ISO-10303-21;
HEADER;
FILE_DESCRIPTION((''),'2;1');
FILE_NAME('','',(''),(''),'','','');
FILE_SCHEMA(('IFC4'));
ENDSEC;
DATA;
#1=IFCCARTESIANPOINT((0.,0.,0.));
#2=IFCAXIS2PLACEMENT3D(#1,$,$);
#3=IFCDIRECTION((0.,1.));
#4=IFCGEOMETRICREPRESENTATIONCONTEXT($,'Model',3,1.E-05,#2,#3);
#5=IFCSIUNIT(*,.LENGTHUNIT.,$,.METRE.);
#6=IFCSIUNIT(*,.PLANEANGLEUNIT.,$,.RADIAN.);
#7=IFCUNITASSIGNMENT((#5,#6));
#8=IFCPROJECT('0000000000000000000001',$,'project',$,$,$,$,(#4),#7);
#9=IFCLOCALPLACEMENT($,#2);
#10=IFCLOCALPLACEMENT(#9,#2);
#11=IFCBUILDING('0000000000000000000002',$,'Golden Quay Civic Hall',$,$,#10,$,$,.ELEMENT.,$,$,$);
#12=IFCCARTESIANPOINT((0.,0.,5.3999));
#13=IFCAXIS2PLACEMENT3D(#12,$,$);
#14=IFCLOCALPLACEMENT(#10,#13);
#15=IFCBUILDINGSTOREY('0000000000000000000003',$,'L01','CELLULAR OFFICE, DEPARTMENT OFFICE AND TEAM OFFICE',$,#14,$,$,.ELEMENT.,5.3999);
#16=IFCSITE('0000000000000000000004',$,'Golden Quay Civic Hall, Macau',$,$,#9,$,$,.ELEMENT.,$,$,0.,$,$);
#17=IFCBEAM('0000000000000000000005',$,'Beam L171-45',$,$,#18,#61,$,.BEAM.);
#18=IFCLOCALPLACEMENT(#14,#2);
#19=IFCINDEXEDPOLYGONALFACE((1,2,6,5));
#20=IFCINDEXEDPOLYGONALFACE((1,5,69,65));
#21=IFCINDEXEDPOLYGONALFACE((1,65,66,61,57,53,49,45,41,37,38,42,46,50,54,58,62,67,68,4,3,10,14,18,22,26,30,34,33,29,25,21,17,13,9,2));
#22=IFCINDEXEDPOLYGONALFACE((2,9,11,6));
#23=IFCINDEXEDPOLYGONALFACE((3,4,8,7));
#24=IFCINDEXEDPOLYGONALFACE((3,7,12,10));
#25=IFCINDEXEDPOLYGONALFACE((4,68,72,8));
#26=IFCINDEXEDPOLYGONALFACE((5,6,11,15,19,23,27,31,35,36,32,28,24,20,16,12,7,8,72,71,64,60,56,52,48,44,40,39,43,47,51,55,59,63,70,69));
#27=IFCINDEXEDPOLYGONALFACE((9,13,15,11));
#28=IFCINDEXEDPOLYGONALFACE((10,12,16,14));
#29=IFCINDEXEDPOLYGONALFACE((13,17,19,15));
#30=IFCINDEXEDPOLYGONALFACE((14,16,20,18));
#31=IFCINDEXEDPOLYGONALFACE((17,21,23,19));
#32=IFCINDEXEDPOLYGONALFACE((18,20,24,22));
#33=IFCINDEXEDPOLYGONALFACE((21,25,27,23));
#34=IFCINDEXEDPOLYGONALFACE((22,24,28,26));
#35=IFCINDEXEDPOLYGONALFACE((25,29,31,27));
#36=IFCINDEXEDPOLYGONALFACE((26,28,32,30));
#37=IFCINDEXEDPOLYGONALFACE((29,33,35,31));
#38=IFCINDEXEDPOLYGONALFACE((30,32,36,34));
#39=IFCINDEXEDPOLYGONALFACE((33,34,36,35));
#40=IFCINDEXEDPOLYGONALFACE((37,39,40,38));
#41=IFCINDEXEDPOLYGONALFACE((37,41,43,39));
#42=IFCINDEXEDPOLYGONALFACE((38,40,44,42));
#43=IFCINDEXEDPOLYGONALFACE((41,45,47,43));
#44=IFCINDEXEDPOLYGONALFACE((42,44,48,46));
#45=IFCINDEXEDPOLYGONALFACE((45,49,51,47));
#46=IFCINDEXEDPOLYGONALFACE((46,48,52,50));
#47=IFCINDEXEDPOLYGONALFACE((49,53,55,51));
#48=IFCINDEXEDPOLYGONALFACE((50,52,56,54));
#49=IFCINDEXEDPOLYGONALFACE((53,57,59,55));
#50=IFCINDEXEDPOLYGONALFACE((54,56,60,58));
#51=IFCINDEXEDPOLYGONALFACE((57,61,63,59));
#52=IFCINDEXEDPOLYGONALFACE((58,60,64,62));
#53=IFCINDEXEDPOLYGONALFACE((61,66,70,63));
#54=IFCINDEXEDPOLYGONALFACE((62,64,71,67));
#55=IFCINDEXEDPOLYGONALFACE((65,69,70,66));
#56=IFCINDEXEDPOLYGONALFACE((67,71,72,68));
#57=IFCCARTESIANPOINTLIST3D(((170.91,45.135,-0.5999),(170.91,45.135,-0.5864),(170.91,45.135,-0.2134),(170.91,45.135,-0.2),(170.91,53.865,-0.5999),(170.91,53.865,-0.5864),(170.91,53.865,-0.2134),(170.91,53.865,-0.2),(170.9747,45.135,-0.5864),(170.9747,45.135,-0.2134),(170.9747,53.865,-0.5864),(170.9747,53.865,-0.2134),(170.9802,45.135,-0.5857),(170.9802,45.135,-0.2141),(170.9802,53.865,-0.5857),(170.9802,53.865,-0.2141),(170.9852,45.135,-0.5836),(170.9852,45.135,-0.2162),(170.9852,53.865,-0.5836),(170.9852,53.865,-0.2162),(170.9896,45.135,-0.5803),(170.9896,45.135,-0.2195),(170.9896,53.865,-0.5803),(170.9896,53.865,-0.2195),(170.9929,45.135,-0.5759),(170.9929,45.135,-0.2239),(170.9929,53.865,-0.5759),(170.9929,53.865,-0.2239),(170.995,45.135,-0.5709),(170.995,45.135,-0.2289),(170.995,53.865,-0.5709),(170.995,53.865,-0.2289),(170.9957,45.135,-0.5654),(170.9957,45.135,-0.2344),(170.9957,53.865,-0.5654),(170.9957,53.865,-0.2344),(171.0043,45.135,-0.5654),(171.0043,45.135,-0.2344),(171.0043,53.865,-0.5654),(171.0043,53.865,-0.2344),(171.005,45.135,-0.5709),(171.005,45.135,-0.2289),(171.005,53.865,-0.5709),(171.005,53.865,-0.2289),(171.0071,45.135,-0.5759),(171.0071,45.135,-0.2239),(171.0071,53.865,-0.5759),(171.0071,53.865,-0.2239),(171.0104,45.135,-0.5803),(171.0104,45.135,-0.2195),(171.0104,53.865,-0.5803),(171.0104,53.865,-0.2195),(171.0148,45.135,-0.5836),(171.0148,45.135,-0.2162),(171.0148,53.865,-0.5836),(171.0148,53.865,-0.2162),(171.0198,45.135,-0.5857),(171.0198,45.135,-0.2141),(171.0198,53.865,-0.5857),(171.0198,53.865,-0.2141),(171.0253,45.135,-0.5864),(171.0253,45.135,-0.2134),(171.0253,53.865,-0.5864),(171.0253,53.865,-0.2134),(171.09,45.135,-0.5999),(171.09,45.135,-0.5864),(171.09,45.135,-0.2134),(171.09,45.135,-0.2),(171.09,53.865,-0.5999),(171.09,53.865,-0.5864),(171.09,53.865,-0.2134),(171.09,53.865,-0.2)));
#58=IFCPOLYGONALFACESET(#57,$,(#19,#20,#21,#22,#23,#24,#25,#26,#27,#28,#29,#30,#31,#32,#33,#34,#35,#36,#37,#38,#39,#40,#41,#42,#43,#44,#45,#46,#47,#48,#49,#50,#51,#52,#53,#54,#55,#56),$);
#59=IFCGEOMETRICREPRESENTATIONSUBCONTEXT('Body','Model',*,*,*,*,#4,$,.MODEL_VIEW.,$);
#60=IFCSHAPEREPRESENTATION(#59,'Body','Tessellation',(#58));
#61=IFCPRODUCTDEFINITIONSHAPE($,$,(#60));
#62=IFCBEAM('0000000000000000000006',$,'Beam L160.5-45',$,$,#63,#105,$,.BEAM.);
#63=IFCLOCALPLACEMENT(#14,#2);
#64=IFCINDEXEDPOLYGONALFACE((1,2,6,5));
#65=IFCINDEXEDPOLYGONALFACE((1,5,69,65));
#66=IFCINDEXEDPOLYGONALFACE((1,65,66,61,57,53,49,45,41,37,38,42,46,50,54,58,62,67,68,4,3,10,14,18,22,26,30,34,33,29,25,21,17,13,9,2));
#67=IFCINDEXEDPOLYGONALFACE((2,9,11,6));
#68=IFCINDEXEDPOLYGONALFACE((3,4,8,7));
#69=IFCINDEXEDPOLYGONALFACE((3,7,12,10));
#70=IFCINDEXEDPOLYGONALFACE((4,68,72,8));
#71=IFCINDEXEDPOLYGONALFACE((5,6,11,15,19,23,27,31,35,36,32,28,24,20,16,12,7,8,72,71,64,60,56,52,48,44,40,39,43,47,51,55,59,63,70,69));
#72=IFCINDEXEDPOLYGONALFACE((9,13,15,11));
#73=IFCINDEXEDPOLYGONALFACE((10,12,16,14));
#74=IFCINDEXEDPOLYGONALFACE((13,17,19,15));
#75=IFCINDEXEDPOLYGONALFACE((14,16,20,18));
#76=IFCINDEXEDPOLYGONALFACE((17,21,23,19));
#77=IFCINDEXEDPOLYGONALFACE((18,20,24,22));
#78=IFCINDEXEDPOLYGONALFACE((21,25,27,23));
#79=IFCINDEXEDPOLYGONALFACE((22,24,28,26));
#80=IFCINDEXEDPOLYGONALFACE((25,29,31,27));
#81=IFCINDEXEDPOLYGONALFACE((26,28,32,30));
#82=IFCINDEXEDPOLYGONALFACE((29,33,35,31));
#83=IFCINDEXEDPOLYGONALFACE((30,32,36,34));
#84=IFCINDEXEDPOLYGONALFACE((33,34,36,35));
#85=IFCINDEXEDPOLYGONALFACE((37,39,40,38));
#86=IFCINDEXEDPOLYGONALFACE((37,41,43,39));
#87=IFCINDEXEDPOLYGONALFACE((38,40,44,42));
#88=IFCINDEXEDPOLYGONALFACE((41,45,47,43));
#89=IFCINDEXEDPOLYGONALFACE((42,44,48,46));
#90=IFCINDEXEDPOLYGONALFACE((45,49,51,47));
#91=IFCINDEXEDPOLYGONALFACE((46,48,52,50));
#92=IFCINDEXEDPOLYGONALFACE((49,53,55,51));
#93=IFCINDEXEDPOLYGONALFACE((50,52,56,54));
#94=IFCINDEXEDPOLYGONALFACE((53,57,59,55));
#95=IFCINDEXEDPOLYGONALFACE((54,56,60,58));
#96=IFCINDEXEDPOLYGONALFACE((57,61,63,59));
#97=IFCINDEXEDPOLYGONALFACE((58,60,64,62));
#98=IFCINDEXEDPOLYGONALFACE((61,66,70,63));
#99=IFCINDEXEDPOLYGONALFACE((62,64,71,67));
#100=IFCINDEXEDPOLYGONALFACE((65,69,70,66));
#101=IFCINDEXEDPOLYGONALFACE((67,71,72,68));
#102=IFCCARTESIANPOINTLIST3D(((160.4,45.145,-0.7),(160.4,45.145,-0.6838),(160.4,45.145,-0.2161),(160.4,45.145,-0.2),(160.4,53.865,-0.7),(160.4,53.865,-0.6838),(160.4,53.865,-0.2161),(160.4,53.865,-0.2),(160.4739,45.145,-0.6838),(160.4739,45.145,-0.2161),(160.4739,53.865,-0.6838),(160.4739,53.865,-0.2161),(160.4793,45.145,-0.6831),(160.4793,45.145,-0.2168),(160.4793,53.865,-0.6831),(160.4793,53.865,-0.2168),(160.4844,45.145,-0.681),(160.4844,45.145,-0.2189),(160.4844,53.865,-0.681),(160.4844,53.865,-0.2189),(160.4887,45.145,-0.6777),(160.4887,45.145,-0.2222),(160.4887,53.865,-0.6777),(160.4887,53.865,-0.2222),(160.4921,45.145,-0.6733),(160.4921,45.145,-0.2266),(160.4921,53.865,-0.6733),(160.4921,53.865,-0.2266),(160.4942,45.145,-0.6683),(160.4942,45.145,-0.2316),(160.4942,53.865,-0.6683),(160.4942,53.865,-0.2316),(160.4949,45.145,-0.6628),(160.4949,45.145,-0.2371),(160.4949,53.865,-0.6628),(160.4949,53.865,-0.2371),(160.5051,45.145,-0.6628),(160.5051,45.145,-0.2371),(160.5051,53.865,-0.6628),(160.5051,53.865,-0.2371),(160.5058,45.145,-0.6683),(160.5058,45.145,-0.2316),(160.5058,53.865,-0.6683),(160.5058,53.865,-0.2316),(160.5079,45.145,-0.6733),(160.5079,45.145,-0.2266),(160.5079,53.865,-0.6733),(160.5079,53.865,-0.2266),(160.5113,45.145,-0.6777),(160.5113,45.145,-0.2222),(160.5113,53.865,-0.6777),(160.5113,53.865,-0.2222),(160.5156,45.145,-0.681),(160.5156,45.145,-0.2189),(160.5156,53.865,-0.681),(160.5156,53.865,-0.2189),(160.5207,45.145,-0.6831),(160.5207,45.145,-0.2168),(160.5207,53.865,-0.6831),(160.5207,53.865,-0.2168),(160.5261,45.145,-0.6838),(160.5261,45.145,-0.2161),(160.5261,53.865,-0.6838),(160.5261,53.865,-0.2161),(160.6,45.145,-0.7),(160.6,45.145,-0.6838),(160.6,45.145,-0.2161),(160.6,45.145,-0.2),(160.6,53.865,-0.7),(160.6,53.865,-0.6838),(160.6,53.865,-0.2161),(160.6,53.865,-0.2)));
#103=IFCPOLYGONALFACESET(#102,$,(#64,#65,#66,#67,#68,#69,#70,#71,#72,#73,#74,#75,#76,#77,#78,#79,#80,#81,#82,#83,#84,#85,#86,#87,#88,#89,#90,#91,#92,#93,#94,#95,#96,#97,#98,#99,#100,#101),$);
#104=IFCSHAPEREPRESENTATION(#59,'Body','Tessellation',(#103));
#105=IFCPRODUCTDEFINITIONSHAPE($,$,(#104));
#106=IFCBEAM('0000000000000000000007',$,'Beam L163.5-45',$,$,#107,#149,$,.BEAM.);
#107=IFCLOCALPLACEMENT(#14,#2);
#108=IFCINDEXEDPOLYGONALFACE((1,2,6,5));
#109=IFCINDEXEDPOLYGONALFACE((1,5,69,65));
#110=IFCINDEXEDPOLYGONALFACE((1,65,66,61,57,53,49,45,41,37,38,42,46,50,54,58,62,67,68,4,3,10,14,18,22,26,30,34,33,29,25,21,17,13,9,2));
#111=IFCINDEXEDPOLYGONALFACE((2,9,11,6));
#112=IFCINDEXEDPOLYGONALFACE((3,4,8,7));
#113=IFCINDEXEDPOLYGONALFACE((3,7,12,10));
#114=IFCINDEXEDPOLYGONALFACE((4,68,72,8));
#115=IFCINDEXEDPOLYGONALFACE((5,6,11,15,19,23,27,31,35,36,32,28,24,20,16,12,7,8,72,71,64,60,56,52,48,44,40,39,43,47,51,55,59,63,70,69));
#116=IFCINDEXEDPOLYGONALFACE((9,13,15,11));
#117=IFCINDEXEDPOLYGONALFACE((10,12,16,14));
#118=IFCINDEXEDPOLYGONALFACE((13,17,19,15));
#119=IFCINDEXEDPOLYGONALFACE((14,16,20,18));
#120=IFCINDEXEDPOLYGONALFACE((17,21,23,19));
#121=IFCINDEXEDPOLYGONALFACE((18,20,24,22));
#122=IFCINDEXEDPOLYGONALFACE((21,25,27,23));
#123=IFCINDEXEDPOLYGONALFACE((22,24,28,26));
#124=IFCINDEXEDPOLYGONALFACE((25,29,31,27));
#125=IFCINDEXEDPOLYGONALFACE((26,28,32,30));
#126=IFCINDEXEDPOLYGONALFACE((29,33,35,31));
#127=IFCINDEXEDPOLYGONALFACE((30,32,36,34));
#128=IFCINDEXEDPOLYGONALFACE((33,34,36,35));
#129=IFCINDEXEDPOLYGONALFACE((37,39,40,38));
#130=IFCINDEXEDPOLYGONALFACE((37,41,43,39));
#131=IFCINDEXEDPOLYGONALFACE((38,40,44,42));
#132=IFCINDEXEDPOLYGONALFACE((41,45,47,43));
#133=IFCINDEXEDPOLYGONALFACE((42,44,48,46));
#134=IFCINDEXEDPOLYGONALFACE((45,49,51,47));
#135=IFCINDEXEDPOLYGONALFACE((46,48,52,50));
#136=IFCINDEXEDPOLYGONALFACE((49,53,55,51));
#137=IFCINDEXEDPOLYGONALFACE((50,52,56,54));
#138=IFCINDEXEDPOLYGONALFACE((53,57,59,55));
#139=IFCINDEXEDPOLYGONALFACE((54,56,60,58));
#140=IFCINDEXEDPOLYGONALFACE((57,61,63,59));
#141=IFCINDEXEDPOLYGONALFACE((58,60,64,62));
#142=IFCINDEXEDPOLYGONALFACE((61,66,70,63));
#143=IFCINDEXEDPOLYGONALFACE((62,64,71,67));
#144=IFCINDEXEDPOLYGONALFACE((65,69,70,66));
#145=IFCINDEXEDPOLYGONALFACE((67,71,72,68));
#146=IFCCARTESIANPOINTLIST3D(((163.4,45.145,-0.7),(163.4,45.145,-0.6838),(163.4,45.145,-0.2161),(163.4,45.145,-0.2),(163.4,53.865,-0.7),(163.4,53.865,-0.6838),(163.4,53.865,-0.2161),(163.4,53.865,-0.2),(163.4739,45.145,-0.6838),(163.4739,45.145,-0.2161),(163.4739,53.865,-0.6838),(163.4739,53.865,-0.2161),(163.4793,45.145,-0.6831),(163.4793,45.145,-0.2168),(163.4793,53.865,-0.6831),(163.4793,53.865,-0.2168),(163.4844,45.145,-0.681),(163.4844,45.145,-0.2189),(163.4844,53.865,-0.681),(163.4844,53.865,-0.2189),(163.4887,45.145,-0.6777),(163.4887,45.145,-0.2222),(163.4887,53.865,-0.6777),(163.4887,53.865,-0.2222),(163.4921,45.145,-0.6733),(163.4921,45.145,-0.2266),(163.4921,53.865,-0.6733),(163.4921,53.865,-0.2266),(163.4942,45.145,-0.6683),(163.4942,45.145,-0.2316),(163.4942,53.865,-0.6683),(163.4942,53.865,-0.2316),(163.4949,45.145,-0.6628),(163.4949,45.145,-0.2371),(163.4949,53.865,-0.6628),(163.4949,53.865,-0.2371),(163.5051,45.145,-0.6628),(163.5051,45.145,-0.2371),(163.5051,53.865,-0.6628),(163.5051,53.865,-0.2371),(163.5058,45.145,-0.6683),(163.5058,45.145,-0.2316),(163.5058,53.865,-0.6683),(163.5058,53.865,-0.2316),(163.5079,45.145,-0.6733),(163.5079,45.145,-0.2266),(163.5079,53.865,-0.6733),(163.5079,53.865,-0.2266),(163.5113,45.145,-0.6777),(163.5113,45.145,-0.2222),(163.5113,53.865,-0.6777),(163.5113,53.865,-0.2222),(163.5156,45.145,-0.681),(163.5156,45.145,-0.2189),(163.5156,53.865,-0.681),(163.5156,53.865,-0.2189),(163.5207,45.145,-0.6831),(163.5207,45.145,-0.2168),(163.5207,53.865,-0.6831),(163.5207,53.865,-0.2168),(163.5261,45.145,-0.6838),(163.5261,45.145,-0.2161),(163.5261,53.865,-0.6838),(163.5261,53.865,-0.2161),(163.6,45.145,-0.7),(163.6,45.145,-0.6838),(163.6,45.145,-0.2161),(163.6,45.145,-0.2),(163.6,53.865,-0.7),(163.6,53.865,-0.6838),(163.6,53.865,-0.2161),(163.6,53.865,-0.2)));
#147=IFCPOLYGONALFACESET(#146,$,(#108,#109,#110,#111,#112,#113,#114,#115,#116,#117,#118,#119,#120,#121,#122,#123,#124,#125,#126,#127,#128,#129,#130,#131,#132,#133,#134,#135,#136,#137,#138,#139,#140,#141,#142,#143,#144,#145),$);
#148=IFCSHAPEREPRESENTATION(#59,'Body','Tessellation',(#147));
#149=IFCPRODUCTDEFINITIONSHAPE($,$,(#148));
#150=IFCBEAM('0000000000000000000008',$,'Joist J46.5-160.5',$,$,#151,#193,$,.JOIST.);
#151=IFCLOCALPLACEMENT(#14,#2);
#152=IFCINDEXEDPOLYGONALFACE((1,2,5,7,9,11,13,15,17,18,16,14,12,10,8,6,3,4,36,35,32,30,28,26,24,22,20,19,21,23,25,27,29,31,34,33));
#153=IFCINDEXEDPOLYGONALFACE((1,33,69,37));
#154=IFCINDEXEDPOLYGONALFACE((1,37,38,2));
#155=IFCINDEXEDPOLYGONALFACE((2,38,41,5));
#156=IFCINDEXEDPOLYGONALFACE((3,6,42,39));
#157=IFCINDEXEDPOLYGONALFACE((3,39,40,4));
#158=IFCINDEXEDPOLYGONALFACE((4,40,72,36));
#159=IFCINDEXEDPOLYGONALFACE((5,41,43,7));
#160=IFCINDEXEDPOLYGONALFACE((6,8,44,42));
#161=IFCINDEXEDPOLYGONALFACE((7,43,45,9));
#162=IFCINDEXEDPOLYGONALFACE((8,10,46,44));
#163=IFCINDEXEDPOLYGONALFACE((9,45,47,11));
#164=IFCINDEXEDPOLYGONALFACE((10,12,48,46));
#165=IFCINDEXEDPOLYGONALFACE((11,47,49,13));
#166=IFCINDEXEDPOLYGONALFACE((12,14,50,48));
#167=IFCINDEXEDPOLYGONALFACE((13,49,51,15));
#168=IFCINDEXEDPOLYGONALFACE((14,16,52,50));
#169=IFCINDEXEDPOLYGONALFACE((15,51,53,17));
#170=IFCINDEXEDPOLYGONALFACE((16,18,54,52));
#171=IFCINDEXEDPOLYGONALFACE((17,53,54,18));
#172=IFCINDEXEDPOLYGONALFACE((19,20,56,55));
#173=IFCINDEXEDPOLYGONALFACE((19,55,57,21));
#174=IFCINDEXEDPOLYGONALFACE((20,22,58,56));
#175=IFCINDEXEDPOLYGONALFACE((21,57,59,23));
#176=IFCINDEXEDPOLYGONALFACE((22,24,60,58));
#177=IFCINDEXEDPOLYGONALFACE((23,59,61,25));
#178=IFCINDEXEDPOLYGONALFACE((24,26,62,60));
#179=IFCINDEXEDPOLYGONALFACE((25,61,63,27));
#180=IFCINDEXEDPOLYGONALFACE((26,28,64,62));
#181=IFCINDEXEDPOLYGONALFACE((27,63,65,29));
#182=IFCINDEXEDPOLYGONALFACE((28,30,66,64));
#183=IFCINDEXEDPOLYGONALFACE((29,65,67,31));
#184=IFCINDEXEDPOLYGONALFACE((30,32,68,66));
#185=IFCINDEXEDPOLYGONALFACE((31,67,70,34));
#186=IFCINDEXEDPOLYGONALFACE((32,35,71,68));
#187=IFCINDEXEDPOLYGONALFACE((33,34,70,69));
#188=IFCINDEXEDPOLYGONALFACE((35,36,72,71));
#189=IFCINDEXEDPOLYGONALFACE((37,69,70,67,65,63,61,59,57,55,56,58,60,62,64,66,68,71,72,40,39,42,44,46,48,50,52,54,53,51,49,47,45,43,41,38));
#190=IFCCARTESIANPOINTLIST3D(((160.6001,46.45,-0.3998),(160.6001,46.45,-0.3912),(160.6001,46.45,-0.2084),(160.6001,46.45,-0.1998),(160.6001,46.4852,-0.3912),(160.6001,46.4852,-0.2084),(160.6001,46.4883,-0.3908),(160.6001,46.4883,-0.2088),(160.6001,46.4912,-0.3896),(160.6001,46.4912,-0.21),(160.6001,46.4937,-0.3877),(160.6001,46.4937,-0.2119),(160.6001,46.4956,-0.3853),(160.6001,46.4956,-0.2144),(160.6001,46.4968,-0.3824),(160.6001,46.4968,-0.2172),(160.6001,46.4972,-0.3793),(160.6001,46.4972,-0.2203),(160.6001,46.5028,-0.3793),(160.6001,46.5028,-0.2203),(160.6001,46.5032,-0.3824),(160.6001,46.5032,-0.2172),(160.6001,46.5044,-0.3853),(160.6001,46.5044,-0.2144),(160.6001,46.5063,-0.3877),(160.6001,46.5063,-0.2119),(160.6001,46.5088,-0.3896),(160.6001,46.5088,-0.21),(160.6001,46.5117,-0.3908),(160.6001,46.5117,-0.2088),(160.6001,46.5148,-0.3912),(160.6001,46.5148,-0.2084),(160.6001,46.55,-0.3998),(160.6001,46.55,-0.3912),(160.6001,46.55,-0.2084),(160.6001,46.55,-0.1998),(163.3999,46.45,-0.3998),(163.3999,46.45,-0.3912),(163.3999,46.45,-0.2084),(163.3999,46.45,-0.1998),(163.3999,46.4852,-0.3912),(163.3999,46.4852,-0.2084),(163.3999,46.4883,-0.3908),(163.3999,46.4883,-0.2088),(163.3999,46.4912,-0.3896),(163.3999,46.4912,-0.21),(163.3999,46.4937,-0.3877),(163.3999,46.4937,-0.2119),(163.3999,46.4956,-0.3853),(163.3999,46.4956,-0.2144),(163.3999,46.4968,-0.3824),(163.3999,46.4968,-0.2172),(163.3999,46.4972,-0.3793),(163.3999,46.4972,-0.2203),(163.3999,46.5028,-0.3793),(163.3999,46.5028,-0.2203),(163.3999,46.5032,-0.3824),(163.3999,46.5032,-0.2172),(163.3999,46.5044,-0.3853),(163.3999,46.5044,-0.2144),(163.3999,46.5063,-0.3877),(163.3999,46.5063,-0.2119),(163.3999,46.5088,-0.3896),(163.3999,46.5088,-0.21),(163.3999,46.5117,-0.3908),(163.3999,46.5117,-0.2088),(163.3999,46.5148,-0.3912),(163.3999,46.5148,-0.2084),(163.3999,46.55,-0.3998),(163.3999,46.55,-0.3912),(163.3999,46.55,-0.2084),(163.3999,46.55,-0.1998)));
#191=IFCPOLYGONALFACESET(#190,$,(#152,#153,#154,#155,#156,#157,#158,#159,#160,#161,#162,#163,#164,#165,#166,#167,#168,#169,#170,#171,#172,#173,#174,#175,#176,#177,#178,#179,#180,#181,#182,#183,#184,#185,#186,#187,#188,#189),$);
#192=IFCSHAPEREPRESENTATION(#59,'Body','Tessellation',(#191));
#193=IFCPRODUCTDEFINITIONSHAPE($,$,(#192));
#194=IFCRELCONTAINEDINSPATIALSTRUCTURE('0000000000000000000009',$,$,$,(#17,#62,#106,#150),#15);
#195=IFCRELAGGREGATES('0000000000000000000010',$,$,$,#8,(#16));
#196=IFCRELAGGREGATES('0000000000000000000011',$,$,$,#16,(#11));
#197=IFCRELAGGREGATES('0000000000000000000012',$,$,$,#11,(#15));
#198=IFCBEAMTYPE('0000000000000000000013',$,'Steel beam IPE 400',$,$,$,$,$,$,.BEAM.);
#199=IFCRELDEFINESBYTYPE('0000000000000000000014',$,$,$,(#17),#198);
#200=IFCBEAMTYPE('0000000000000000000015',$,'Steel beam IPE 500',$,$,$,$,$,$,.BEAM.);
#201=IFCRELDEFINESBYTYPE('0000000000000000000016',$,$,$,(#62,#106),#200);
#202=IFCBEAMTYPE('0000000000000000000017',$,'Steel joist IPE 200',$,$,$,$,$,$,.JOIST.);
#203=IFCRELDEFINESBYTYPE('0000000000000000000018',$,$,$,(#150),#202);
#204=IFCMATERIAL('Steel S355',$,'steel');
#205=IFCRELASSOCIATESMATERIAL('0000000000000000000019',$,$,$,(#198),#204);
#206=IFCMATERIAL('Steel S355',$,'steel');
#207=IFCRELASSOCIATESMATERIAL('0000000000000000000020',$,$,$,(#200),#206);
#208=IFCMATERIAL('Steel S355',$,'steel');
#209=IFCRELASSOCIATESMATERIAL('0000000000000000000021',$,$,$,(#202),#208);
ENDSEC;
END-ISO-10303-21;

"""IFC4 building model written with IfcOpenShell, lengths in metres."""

from ifc_helpers import new_model, si_unit, direction, frame, origin, origin_2d, place, context, subcontext, project, spatial, i_section, extrude, material, material_profile, profile_set, type_object, element, save


model = new_model("IFC4")

# Units and contexts
model_context = context("Model", 3, precision=1e-05, world=origin(), true_north=direction((0.0, 1.0)))
body_context = subcontext(model_context, "Body", "Model", "MODEL_VIEW")
ifc_project = project(units=[si_unit("LENGTHUNIT", "METRE"), si_unit("PLANEANGLEUNIT", "RADIAN")], contexts=[model_context])

# Site, building, storey
site_placement = place(None, origin())
site = spatial("IfcSite", under=ifc_project, at=site_placement, Name="Golden Quay Civic Hall, Macau", CompositionType="ELEMENT", RefElevation=0.0)
building_placement = place(site_placement, origin())
building = spatial("IfcBuilding", under=site, at=building_placement, Name="Golden Quay Civic Hall", CompositionType="ELEMENT")
storey_placement = place(building_placement, frame((0.0, 0.0, 5.3999)))
storey = spatial("IfcBuildingStorey", under=building, at=storey_placement, Name="L01", Description="CELLULAR OFFICE, DEPARTMENT OFFICE AND TEAM OFFICE", CompositionType="ELEMENT", Elevation=5.3999)

# Beams
ifc_material_1 = material(Name="Steel S355", Category="steel")
ifc_material_profile_1 = material_profile(ifc_material_1, i_section(OverallWidth=0.1799, OverallDepth=0.3999, WebThickness=0.0085, FlangeThickness=0.0134, FilletRadius=0.021, at=origin_2d()), Name="IPE 400")
ifc_profile_set_1 = profile_set([ifc_material_profile_1], Name="Steel S355")
beam_type_1 = type_object("IfcBeamType", Name="Steel beam IPE 400", PredefinedType="BEAM", material=ifc_profile_set_1)
beam_1_placement = place(storey_placement, frame((171.0, 45.135, -0.3999), z_axis=(0.0, 1.0, 0.0), x_axis=(-1.0, 0.0, 0.0)))
element("IfcBeam", 1, at=beam_1_placement, inside=storey, type_object=beam_type_1, Name="Beam L171-45", PredefinedType="BEAM", context=body_context, shape_type="SweptSolid", body=[
    extrude(i_section(OverallWidth=0.1799, OverallDepth=0.3999, WebThickness=0.0085, FlangeThickness=0.0134, FilletRadius=0.021, at=origin_2d()), origin(), (0.0, 0.0, 1.0), 8.73),
])
ifc_material_2 = material(Name="Steel S355", Category="steel")
ifc_material_profile_2 = material_profile(ifc_material_2, i_section(OverallWidth=0.2, OverallDepth=0.5, WebThickness=0.0103, FlangeThickness=0.0161, FilletRadius=0.021, at=origin_2d()), Name="IPE 500")
ifc_profile_set_2 = profile_set([ifc_material_profile_2], Name="Steel S355")
beam_type_2 = type_object("IfcBeamType", Name="Steel beam IPE 500", PredefinedType="BEAM", material=ifc_profile_set_2)
for number, where, z_axis, x_axis, name in (
    (2, (160.5, 45.145, -0.45), (0.0, 1.0, 0.0), (-1.0, 0.0, 0.0), "Beam L160.5-45"),
    (3, (163.5, 45.145, -0.45), (0.0, 1.0, 0.0), (-1.0, 0.0, 0.0), "Beam L163.5-45"),
):
    element("IfcBeam", number, at=place(storey_placement, frame(where, z_axis=z_axis, x_axis=x_axis)), inside=storey, type_object=beam_type_2, Name=name, PredefinedType="BEAM", context=body_context, shape_type="SweptSolid", body=[
        extrude(i_section(OverallWidth=0.2, OverallDepth=0.5, WebThickness=0.0103, FlangeThickness=0.0161, FilletRadius=0.021, at=origin_2d()), origin(), (0.0, 0.0, 1.0), 8.72),
    ])
ifc_material_3 = material(Name="Steel S355", Category="steel")
ifc_material_profile_3 = material_profile(ifc_material_3, i_section(OverallWidth=0.1001, OverallDepth=0.2, WebThickness=0.0056, FlangeThickness=0.0085, FilletRadius=0.012, at=origin_2d()), Name="IPE 200")
ifc_profile_set_3 = profile_set([ifc_material_profile_3], Name="Steel S355")
beam_type_3 = type_object("IfcBeamType", Name="Steel joist IPE 200", PredefinedType="JOIST", material=ifc_profile_set_3)
for number, where, z_axis, x_axis, name in (
    (4, (160.6001, 46.5, -0.2998), (1.0, 0.0, 0.0), (0.0, 1.0, 0.0), "Joist J46.5-160.5"),
):
    element("IfcBeam", number, at=place(storey_placement, frame(where, z_axis=z_axis, x_axis=x_axis)), inside=storey, type_object=beam_type_3, Name=name, PredefinedType="JOIST", context=body_context, shape_type="SweptSolid", body=[
        extrude(i_section(OverallWidth=0.1001, OverallDepth=0.2, WebThickness=0.0056, FlangeThickness=0.0085, FilletRadius=0.012, at=origin_2d()), origin(), (0.0, 0.0, 1.0), 2.7998),
    ])

save(model, "model.ifc")
